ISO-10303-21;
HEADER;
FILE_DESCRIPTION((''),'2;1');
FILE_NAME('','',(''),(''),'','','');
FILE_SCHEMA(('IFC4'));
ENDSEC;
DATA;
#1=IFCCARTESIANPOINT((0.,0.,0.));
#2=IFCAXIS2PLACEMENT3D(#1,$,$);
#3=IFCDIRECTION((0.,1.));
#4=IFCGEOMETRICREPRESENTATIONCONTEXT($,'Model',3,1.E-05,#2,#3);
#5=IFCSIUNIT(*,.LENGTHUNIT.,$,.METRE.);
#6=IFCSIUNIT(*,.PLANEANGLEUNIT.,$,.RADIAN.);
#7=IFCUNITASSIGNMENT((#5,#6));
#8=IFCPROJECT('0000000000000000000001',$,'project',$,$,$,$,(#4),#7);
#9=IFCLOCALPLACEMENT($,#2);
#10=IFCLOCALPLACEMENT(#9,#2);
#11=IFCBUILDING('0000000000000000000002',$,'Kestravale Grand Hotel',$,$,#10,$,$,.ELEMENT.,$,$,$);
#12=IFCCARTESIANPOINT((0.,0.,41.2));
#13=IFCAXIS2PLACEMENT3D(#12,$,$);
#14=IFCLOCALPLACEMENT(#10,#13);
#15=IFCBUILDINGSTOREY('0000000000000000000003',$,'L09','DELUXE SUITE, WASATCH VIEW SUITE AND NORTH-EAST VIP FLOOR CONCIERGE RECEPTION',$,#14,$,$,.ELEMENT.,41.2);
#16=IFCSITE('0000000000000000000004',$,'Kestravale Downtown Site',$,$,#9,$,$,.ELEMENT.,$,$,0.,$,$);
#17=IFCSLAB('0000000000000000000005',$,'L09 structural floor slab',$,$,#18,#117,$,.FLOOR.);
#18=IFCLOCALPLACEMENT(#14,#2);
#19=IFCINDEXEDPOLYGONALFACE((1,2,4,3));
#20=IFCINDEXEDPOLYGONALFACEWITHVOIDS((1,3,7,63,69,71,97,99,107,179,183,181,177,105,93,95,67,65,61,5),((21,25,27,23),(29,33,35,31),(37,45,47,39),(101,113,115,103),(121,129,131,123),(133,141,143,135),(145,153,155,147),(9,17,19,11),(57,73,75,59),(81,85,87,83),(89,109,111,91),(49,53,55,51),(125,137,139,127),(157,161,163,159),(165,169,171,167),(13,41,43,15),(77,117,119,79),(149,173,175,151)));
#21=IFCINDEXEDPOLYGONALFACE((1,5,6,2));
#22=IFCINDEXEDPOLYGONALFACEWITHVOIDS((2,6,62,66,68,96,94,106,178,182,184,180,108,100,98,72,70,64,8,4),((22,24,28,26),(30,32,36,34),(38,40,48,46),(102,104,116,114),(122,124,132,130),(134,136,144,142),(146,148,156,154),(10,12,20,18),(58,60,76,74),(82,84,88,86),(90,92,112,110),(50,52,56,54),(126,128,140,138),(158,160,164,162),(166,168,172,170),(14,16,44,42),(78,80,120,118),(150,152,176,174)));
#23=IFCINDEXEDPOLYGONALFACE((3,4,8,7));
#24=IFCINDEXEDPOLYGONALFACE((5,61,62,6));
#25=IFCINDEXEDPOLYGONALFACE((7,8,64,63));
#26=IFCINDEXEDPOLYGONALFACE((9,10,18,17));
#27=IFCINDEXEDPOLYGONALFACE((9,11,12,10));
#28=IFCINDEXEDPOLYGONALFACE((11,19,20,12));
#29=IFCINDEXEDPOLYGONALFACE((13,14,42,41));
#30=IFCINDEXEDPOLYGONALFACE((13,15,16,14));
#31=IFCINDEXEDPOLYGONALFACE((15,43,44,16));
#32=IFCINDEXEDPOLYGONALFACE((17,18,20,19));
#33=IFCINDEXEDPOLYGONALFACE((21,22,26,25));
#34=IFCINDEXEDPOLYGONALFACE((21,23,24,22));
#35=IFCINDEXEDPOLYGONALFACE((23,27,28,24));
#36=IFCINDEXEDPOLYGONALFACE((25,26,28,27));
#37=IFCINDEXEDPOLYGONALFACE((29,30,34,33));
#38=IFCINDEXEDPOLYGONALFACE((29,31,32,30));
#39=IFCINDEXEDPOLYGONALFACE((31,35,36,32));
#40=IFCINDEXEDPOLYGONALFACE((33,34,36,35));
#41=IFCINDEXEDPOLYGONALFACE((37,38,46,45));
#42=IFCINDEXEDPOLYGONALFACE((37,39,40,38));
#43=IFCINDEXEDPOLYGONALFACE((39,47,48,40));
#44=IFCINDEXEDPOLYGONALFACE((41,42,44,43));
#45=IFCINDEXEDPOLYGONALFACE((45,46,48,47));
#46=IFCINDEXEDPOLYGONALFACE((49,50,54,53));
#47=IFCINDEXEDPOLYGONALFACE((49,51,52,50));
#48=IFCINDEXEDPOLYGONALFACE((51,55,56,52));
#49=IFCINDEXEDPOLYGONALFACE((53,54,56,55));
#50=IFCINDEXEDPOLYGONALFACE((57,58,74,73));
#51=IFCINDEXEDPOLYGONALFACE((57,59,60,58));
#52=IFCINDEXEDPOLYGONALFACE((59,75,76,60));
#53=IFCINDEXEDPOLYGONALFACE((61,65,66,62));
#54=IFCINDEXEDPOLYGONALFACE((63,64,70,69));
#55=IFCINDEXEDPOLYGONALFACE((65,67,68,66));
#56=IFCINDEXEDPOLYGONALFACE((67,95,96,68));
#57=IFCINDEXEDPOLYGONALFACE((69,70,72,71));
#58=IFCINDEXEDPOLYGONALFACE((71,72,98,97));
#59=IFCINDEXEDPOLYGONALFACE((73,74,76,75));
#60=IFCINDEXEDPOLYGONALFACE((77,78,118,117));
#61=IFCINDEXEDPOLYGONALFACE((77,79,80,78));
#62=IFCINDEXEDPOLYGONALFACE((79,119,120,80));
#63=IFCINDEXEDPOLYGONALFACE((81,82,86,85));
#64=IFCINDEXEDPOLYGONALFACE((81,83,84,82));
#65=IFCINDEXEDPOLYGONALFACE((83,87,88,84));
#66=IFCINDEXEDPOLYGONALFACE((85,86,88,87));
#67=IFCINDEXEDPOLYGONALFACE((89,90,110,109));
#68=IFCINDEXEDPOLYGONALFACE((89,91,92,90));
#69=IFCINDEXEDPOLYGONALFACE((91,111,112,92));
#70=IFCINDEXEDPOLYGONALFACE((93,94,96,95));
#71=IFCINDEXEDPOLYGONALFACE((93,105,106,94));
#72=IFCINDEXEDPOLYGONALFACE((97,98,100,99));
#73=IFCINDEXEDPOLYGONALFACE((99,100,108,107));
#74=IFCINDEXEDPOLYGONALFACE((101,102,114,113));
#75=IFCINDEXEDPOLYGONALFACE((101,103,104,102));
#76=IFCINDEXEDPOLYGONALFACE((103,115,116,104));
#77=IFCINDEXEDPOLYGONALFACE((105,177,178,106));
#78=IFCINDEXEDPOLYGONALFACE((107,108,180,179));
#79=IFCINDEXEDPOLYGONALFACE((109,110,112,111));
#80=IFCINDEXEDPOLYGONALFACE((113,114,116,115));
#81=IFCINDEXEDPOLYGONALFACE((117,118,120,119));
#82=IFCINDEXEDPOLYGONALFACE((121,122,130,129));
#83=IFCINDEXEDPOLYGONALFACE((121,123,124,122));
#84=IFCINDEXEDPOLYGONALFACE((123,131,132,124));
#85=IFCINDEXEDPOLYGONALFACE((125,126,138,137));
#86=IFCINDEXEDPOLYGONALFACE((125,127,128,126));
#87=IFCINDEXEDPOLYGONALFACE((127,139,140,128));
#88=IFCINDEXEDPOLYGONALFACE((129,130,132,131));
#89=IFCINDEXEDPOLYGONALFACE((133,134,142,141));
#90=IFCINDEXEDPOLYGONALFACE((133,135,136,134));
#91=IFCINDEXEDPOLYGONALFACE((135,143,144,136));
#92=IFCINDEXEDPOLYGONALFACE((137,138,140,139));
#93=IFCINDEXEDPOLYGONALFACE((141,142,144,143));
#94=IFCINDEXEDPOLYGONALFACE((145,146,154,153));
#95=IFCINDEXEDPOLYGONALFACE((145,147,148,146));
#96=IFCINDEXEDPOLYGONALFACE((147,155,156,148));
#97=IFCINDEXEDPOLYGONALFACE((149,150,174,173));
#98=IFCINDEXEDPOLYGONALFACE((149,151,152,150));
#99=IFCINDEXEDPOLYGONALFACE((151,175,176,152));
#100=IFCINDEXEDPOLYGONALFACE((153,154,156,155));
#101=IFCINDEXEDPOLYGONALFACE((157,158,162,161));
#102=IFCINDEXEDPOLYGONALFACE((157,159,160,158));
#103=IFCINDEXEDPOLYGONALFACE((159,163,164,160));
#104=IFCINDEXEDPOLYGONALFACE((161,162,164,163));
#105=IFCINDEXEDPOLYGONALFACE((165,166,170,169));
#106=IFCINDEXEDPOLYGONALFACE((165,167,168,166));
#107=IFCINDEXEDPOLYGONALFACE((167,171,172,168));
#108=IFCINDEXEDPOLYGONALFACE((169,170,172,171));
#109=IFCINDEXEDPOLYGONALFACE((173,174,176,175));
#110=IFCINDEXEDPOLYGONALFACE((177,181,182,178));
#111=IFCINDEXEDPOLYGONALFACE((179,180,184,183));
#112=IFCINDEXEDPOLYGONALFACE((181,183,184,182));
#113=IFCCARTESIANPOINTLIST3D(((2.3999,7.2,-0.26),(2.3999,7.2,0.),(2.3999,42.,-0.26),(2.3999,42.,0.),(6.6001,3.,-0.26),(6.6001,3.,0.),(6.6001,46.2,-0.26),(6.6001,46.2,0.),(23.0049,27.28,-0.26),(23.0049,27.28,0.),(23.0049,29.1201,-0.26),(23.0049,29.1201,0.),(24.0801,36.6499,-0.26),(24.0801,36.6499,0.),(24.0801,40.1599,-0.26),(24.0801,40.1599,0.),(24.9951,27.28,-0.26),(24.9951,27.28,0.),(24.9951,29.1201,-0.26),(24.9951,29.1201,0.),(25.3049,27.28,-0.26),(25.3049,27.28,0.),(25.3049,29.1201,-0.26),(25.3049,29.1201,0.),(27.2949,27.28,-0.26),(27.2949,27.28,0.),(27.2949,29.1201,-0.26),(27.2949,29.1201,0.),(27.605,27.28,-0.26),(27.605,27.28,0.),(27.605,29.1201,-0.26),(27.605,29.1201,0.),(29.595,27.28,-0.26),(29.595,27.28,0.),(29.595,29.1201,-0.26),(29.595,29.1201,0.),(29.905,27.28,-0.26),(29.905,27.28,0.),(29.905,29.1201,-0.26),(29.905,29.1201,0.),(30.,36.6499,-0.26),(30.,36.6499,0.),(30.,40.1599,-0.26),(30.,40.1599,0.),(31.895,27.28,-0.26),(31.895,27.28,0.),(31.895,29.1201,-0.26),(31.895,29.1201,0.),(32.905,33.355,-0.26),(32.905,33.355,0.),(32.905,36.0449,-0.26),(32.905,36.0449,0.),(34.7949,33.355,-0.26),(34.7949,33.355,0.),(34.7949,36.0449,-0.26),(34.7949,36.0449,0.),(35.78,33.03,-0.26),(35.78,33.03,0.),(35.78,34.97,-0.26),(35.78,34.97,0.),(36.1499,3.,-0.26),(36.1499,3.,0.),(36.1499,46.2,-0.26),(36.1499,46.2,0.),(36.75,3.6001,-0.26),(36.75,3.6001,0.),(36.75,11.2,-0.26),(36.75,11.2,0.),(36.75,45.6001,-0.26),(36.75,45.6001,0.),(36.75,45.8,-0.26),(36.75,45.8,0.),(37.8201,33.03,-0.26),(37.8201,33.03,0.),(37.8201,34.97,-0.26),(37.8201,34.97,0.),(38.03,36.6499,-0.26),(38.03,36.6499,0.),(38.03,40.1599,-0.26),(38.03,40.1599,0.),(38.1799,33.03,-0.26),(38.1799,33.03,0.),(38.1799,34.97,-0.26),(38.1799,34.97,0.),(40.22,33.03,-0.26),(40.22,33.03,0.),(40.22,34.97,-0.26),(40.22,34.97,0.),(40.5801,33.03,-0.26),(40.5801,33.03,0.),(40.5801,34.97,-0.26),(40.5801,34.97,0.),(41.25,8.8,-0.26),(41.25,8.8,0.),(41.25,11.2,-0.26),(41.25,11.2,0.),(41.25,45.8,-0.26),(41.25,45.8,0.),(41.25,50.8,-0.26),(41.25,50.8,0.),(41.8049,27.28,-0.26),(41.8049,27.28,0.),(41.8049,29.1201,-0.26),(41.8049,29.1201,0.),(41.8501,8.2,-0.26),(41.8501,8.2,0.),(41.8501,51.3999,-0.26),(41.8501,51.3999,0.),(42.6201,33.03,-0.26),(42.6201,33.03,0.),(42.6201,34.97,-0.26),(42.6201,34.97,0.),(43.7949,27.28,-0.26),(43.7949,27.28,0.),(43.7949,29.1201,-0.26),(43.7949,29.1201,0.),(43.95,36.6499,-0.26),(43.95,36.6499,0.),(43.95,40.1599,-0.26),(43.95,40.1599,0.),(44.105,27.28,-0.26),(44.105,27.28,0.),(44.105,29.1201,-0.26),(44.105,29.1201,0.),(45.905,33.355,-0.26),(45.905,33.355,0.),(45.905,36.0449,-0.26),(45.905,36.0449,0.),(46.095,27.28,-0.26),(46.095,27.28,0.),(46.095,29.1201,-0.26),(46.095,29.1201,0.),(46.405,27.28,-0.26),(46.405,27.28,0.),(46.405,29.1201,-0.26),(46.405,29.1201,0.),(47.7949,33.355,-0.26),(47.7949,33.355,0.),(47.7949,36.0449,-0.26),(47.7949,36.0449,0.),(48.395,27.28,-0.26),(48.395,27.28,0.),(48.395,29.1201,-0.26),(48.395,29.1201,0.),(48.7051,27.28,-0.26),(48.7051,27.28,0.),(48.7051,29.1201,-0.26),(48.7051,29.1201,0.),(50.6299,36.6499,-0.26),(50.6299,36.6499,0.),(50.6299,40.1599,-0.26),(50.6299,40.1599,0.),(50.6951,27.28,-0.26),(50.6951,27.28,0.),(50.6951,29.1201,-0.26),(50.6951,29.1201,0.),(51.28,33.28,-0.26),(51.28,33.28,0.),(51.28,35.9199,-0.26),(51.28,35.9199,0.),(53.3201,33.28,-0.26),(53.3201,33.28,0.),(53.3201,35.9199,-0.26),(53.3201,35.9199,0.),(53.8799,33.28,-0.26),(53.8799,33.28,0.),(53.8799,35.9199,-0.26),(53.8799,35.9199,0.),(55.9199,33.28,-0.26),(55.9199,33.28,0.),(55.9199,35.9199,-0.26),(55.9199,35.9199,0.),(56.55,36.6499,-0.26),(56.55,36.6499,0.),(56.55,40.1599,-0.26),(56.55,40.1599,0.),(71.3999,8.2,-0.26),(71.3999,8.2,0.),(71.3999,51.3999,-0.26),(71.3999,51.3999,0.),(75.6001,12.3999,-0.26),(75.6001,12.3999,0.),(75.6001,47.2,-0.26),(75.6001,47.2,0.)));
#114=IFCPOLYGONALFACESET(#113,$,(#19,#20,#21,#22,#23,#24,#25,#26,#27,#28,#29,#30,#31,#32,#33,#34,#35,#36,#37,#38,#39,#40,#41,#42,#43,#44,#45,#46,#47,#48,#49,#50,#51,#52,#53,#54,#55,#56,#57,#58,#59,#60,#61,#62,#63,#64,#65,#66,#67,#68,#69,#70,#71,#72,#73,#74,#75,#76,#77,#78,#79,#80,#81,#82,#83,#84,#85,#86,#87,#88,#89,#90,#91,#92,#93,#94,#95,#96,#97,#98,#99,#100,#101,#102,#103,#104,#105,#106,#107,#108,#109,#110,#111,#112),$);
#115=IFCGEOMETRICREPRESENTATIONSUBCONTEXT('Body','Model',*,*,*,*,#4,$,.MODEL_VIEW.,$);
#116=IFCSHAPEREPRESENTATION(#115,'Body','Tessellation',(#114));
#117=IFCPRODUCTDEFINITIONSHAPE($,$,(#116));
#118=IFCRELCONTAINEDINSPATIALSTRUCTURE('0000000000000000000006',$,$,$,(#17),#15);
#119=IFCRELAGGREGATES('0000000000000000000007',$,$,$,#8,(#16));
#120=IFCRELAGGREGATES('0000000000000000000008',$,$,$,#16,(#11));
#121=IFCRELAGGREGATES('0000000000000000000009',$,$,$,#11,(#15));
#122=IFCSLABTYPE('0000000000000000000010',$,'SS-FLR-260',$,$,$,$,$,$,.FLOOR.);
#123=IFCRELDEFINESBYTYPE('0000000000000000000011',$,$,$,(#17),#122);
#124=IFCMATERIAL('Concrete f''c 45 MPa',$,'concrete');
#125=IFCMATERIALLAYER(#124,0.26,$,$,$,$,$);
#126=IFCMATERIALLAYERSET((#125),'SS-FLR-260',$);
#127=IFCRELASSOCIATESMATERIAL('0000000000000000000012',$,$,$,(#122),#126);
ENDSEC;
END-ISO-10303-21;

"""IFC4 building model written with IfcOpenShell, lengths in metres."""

from ifc_helpers import new_model, si_unit, direction, frame, origin, place, context, subcontext, project, spatial, polyline, outline, extrude, material, layer, layer_set, type_object, element, save


model = new_model("IFC4")

# Units and contexts
model_context = context("Model", 3, precision=1e-05, world=origin(), true_north=direction((0.0, 1.0)))
body_context = subcontext(model_context, "Body", "Model", "MODEL_VIEW")
ifc_project = project(units=[si_unit("LENGTHUNIT", "METRE"), si_unit("PLANEANGLEUNIT", "RADIAN")], contexts=[model_context])

# Site, building, storey
site_placement = place(None, origin())
site = spatial("IfcSite", under=ifc_project, at=site_placement, Name="Kestravale Downtown Site", CompositionType="ELEMENT", RefElevation=0.0)
building_placement = place(site_placement, origin())
building = spatial("IfcBuilding", under=site, at=building_placement, Name="Kestravale Grand Hotel", CompositionType="ELEMENT")
storey_placement = place(building_placement, frame((0.0, 0.0, 41.2)))
storey = spatial("IfcBuildingStorey", under=building, at=storey_placement, Name="L09", Description="DELUXE SUITE, WASATCH VIEW SUITE AND NORTH-EAST VIP FLOOR CONCIERGE RECEPTION", CompositionType="ELEMENT", Elevation=41.2)

# Slab
ifc_material_1 = material(Name="Concrete f'c 45 MPa", Category="concrete")
ifc_layer_1 = layer(ifc_material_1, 0.26)
ifc_layer_set_1 = layer_set([ifc_layer_1], Name="SS-FLR-260")
slab_type_1 = type_object("IfcSlabType", Name="SS-FLR-260", PredefinedType="FLOOR", material=ifc_layer_set_1)
slab_1_placement = place(storey_placement, frame((0.0, 0.0, -0.26)))
element("IfcSlab", 1, at=slab_1_placement, inside=storey, type_object=slab_type_1, Name="L09 structural floor slab", PredefinedType="FLOOR", context=body_context, shape_type="SweptSolid", body=[
    extrude(outline(polyline([(6.6001, 3.0), (36.1499, 3.0), (36.75, 3.6001), (36.75, 11.2), (41.25, 11.2), (41.25, 8.8), (41.8501, 8.2), (71.3999, 8.2), (75.6001, 12.3999), (75.6001, 47.2), (71.3999, 51.3999), (41.8501, 51.3999), (41.25, 50.8), (41.25, 45.8), (36.75, 45.8), (36.75, 45.6001), (36.1499, 46.2), (6.6001, 46.2), (2.3999, 42.0), (2.3999, 7.2), (6.6001, 3.0)]), holes=[polyline([(24.0801, 36.6499), (30.0, 36.6499), (30.0, 40.1599), (24.0801, 40.1599), (24.0801, 36.6499)]), polyline([(38.03, 36.6499), (43.95, 36.6499), (43.95, 40.1599), (38.03, 40.1599), (38.03, 36.6499)]), polyline([(50.6299, 36.6499), (56.55, 36.6499), (56.55, 40.1599), (50.6299, 40.1599), (50.6299, 36.6499)]), polyline([(23.0049, 27.28), (24.9951, 27.28), (24.9951, 29.1201), (23.0049, 29.1201), (23.0049, 27.28)]), polyline([(25.3049, 27.28), (27.2949, 27.28), (27.2949, 29.1201), (25.3049, 29.1201), (25.3049, 27.28)]), polyline([(27.605, 27.28), (29.595, 27.28), (29.595, 29.1201), (27.605, 29.1201), (27.605, 27.28)]), polyline([(29.905, 27.28), (31.895, 27.28), (31.895, 29.1201), (29.905, 29.1201), (29.905, 27.28)]), polyline([(41.8049, 27.28), (43.7949, 27.28), (43.7949, 29.1201), (41.8049, 29.1201), (41.8049, 27.28)]), polyline([(44.105, 27.28), (46.095, 27.28), (46.095, 29.1201), (44.105, 29.1201), (44.105, 27.28)]), polyline([(46.405, 27.28), (48.395, 27.28), (48.395, 29.1201), (46.405, 29.1201), (46.405, 27.28)]), polyline([(48.7051, 27.28), (50.6951, 27.28), (50.6951, 29.1201), (48.7051, 29.1201), (48.7051, 27.28)]), polyline([(35.78, 33.03), (37.8201, 33.03), (37.8201, 34.97), (35.78, 34.97), (35.78, 33.03)]), polyline([(38.1799, 33.03), (40.22, 33.03), (40.22, 34.97), (38.1799, 34.97), (38.1799, 33.03)]), polyline([(40.5801, 33.03), (42.6201, 33.03), (42.6201, 34.97), (40.5801, 34.97), (40.5801, 33.03)]), polyline([(32.905, 33.355), (34.7949, 33.355), (34.7949, 36.0449), (32.905, 36.0449), (32.905, 33.355)]), polyline([(45.905, 33.355), (47.7949, 33.355), (47.7949, 36.0449), (45.905, 36.0449), (45.905, 33.355)]), polyline([(51.28, 33.28), (53.3201, 33.28), (53.3201, 35.9199), (51.28, 35.9199), (51.28, 33.28)]), polyline([(53.8799, 33.28), (55.9199, 33.28), (55.9199, 35.9199), (53.8799, 35.9199), (53.8799, 33.28)])]), origin(), (0.0, 0.0, 1.0), 0.26),
])

save(model, "model.ifc")
